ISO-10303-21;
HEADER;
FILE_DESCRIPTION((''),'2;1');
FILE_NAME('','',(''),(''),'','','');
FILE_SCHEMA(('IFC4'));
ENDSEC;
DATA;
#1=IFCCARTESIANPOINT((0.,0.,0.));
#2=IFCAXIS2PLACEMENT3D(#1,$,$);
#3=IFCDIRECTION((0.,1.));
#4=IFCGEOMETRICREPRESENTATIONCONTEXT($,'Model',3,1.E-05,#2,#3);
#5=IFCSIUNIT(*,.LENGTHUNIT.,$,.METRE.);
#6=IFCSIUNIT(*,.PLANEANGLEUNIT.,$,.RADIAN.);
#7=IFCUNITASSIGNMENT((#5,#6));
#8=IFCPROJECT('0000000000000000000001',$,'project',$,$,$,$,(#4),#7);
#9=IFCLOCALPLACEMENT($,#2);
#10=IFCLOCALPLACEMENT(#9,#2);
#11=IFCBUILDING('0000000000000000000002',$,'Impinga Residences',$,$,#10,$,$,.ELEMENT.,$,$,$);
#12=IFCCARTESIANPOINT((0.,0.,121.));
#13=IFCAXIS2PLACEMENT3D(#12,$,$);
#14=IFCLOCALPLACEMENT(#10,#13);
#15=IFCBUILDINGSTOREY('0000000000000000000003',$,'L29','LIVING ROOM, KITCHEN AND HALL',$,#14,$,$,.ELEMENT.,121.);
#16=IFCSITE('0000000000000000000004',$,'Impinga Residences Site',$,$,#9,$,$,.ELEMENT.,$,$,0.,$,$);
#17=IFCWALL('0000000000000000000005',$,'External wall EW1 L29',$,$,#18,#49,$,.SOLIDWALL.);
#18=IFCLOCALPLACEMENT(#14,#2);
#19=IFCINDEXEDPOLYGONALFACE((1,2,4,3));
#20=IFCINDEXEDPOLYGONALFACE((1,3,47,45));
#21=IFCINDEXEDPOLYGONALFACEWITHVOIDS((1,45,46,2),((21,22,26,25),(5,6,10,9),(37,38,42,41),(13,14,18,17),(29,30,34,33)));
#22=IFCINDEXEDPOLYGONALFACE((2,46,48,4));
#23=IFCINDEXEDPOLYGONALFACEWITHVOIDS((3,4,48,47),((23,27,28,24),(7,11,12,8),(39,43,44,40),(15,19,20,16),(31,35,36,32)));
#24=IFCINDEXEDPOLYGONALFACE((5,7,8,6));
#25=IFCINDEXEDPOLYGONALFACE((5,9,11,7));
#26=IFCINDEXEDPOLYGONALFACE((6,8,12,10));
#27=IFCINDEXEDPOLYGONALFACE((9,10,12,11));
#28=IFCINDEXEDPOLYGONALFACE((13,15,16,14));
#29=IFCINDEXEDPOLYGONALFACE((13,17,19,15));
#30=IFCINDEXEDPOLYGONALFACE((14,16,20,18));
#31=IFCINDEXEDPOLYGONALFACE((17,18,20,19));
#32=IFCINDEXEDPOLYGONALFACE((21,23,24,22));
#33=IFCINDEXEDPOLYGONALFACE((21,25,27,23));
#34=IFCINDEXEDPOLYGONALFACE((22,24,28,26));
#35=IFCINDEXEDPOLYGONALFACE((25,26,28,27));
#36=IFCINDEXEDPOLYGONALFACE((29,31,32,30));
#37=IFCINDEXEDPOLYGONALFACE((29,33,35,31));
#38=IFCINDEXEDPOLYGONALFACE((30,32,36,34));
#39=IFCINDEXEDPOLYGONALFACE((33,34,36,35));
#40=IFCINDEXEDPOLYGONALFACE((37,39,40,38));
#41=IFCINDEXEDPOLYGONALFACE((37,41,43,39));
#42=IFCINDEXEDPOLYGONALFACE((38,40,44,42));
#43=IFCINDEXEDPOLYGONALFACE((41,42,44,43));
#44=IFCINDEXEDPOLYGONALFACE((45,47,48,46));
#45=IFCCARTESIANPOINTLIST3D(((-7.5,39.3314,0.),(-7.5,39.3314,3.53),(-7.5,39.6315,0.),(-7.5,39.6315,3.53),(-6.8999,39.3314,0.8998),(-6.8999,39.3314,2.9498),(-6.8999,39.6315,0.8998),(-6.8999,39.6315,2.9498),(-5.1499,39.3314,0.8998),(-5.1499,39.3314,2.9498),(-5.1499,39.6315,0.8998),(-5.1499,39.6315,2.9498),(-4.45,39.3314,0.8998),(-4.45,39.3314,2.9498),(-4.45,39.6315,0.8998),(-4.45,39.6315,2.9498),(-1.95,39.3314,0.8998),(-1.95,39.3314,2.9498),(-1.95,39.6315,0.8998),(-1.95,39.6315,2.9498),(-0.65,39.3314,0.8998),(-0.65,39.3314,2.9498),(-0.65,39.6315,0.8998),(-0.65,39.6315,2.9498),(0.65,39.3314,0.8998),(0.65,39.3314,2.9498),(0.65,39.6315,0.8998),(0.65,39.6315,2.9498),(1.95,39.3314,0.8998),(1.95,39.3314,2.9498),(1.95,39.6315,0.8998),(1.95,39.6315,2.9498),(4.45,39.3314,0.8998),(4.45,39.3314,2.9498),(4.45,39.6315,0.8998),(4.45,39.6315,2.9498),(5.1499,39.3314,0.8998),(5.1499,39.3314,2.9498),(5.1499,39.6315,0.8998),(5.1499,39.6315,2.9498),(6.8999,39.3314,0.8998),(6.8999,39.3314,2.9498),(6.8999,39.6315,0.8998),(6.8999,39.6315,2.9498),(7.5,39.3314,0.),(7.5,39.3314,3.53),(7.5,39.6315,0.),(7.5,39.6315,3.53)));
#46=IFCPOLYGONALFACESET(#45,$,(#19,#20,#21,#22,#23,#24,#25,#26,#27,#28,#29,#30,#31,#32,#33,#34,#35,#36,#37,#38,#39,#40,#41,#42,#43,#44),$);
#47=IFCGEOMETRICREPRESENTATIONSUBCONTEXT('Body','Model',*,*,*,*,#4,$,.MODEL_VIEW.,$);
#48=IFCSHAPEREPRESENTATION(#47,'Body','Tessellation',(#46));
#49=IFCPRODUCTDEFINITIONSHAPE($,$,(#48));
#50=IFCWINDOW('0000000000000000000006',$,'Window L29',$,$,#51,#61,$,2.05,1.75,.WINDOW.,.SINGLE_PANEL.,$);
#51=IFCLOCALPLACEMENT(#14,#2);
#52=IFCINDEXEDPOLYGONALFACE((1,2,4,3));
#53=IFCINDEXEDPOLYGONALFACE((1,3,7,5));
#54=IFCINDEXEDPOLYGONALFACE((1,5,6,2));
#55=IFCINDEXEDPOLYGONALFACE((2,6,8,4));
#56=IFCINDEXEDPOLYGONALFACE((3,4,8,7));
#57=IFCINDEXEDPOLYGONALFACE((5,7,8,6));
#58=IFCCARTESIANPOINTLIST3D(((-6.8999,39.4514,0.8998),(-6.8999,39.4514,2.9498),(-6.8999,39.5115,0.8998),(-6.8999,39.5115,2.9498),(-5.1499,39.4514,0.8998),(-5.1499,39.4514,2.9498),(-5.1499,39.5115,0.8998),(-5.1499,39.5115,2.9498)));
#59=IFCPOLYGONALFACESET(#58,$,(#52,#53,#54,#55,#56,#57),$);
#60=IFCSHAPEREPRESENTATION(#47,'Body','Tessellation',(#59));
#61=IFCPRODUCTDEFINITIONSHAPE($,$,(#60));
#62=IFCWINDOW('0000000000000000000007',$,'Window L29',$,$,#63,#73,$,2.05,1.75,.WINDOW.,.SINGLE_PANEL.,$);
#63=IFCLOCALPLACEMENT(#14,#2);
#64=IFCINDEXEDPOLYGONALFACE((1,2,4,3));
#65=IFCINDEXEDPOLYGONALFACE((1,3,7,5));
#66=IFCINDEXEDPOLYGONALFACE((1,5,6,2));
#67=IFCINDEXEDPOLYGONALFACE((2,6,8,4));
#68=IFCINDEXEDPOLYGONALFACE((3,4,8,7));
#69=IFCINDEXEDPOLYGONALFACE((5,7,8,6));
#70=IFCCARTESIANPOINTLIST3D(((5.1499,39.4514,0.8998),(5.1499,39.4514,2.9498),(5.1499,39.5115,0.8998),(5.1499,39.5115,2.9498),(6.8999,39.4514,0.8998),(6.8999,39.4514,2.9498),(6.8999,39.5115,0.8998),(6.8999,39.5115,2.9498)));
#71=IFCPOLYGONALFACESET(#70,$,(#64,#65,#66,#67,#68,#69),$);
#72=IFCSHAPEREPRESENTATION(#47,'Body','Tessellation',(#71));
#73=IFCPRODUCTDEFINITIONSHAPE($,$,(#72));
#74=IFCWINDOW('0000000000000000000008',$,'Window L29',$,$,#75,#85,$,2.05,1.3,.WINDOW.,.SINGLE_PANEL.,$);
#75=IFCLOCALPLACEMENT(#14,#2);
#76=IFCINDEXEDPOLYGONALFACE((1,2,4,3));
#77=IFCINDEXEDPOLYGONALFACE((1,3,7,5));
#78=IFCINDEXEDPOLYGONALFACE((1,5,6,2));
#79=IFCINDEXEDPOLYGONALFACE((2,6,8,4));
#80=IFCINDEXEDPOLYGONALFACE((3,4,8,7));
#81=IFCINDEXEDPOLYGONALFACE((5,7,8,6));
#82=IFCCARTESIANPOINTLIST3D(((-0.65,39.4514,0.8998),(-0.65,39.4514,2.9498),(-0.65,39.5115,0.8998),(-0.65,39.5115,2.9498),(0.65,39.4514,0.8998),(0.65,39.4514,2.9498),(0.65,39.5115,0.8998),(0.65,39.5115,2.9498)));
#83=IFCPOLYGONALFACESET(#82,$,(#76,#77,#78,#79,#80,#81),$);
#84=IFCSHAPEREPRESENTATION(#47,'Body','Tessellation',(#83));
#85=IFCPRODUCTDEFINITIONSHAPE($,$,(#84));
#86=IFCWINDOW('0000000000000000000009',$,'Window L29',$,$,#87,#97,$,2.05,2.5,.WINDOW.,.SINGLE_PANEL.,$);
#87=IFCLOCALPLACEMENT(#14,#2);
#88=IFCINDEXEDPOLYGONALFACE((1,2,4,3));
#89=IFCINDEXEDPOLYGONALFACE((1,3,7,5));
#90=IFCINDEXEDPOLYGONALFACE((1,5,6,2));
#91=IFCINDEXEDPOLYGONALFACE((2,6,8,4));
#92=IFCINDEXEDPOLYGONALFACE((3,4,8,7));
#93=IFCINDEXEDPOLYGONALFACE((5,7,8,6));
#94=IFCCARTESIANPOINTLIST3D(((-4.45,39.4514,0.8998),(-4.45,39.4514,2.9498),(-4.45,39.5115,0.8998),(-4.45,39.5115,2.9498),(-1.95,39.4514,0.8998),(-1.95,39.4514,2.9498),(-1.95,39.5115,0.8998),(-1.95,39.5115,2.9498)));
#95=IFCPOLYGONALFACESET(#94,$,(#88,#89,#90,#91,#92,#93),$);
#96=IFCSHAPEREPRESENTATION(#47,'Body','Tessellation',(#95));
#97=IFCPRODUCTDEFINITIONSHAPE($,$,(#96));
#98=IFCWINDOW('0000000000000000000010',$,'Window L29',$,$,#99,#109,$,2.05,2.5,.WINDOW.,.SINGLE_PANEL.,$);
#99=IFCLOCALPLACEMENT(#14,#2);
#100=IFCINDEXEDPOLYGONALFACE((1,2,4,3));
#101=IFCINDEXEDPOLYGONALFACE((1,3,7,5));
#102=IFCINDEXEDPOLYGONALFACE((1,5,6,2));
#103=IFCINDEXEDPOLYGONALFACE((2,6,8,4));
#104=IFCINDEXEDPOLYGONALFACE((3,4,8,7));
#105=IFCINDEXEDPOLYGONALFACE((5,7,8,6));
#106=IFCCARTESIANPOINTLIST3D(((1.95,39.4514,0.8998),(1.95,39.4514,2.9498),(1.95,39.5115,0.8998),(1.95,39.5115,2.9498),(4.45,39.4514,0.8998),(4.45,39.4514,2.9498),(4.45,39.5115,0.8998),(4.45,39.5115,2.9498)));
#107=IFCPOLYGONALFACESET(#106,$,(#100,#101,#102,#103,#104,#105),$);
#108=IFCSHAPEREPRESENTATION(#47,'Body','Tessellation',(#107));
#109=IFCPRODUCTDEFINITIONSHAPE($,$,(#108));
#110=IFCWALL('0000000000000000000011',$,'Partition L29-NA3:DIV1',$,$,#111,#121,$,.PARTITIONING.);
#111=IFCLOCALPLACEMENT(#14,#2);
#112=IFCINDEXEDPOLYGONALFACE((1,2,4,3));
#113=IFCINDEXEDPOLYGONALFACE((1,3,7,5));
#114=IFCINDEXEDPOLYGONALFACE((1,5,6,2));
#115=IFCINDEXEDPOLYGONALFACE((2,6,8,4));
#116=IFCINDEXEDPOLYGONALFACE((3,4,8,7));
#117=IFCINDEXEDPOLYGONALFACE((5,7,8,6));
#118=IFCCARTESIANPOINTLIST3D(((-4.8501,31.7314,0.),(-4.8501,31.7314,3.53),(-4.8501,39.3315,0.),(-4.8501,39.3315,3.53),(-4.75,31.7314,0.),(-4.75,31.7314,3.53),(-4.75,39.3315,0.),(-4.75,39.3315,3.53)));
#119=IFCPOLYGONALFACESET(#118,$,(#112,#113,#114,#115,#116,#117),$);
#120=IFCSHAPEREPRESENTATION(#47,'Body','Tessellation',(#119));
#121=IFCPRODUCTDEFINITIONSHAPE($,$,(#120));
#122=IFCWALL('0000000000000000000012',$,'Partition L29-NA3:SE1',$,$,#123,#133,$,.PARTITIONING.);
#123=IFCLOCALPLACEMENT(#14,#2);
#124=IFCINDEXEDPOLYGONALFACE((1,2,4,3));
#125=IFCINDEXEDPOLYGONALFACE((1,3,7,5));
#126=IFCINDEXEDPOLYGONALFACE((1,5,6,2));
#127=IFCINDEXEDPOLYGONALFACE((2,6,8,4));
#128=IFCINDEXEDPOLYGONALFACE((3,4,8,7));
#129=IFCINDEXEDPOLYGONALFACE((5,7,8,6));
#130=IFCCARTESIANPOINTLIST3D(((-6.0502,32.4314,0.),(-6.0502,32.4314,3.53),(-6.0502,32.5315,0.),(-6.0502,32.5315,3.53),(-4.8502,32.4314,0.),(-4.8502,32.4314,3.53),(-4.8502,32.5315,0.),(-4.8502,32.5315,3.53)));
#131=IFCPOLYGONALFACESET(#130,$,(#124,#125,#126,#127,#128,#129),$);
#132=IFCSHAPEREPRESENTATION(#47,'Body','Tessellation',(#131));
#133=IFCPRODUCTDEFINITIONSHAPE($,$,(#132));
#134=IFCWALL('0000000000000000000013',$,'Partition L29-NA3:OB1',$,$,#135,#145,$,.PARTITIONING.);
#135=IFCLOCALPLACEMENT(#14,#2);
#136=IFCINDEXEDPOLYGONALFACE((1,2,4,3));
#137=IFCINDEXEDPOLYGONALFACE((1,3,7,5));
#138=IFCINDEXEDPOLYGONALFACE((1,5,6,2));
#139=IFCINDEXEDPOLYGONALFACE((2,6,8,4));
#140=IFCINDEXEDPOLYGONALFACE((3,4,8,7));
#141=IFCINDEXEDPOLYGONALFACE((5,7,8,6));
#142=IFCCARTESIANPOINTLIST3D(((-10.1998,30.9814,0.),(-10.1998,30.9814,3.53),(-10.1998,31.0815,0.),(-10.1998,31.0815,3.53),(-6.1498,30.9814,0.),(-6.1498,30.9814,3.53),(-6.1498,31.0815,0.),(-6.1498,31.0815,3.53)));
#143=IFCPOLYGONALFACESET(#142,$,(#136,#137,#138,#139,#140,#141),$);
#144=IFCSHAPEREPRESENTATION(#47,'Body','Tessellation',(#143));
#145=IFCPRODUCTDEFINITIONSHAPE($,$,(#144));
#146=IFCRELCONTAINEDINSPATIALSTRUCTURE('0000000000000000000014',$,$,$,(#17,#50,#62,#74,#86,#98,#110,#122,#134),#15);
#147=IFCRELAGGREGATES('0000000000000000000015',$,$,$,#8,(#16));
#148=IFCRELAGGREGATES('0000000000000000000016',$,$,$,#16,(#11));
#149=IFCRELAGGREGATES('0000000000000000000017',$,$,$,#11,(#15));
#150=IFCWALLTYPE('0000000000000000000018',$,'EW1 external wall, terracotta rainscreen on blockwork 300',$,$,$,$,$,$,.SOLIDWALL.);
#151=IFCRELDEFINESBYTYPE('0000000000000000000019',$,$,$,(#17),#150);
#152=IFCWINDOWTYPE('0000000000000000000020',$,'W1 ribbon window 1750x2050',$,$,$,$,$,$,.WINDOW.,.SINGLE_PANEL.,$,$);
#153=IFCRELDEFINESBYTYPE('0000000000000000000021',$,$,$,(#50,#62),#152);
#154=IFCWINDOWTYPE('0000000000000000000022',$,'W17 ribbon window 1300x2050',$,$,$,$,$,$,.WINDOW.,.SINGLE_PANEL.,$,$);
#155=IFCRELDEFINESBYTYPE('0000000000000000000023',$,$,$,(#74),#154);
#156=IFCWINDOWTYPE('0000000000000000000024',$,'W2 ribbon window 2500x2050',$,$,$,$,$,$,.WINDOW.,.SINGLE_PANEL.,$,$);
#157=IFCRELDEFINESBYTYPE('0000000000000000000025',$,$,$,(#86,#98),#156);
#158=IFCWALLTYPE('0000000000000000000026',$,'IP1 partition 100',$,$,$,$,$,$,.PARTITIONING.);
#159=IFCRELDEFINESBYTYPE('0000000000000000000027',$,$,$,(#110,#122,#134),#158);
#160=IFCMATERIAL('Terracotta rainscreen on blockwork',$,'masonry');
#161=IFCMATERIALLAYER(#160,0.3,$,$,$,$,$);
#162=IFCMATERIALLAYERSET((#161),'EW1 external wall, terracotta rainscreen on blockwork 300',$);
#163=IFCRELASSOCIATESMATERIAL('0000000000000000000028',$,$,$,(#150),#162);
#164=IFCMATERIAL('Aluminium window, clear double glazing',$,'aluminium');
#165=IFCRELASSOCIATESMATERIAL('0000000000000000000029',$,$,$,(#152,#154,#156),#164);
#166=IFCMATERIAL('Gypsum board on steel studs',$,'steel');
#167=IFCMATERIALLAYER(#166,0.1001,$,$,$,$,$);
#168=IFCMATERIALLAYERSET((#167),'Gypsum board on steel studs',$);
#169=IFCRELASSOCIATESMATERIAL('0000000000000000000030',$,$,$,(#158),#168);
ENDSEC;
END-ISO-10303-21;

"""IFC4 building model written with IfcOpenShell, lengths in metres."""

from ifc_helpers import new_model, si_unit, direction, frame, frame_2d, origin, place, context, subcontext, project, spatial, rectangle, extrude, material, layer, layer_set, type_object, element, fill, save


model = new_model("IFC4")

# Units and contexts
model_context = context("Model", 3, precision=1e-05, world=origin(), true_north=direction((0.0, 1.0)))
body_context = subcontext(model_context, "Body", "Model", "MODEL_VIEW")
ifc_project = project(units=[si_unit("LENGTHUNIT", "METRE"), si_unit("PLANEANGLEUNIT", "RADIAN")], contexts=[model_context])

# Site, building, storey
site_placement = place(None, origin())
site = spatial("IfcSite", under=ifc_project, at=site_placement, Name="Impinga Residences Site", CompositionType="ELEMENT", RefElevation=0.0)
building_placement = place(site_placement, origin())
building = spatial("IfcBuilding", under=site, at=building_placement, Name="Impinga Residences", CompositionType="ELEMENT")
storey_placement = place(building_placement, frame((0.0, 0.0, 121.0)))
storey = spatial("IfcBuildingStorey", under=building, at=storey_placement, Name="L29", Description="LIVING ROOM, KITCHEN AND HALL", CompositionType="ELEMENT", Elevation=121.0)

# Shared definitions
ifc_material_1 = material(Name="Terracotta rainscreen on blockwork", Category="masonry")
ifc_layer_1 = layer(ifc_material_1, 0.3)
ifc_layer_set_1 = layer_set([ifc_layer_1], Name="EW1 external wall, terracotta rainscreen on blockwork 300")
wall_type_1 = type_object("IfcWallType", Name="EW1 external wall, terracotta rainscreen on blockwork 300", PredefinedType="SOLIDWALL", material=ifc_layer_set_1)

# Wall, openings, windows
wall_1_placement = place(storey_placement, frame((-7.5, 39.4814, 0.0), z_axis=(0.0, 0.0, 1.0), x_axis=(1.0, 0.0, 0.0)))
wall_1 = element("IfcWall", 1, at=wall_1_placement, inside=storey, type_object=wall_type_1, Name="External wall EW1 L29", PredefinedType="SOLIDWALL", context=body_context, shape_type="SweptSolid", body=[
    extrude(rectangle(XDim=15.0, YDim=0.3, at=frame_2d((7.5, 0.0))), origin(), (0.0, 0.0, 1.0), 3.53),
])
opening_1_placement = place(wall_1_placement, frame((0.6001, 0.0, 0.8999)))
opening_1 = element("IfcOpeningElement", 2, at=opening_1_placement, cuts=wall_1, PredefinedType="OPENING", context=body_context, shape_type="SweptSolid", body=[
    extrude(rectangle(XDim=1.75, YDim=2.05, at=frame_2d((0.875, 1.0249))), frame((0.0, 0.1599, 0.0), z_axis=(0.0, -1.0, 0.0), x_axis=(1.0, 0.0, 0.0)), (0.0, 0.0, 1.0), 0.3201),
])
opening_2_placement = place(wall_1_placement, frame((3.05, 0.0, 0.8999)))
opening_2 = element("IfcOpeningElement", 3, at=opening_2_placement, cuts=wall_1, PredefinedType="OPENING", context=body_context, shape_type="SweptSolid", body=[
    extrude(rectangle(XDim=2.5, YDim=2.05, at=frame_2d((1.25, 1.0249))), frame((0.0, 0.1599, 0.0), z_axis=(0.0, -1.0, 0.0), x_axis=(1.0, 0.0, 0.0)), (0.0, 0.0, 1.0), 0.3201),
])
opening_3_placement = place(wall_1_placement, frame((6.8501, 0.0, 0.8999)))
opening_3 = element("IfcOpeningElement", 4, at=opening_3_placement, cuts=wall_1, PredefinedType="OPENING", context=body_context, shape_type="SweptSolid", body=[
    extrude(rectangle(XDim=1.3, YDim=2.05, at=frame_2d((0.6499, 1.0249))), frame((0.0, 0.1599, 0.0), z_axis=(0.0, -1.0, 0.0), x_axis=(1.0, 0.0, 0.0)), (0.0, 0.0, 1.0), 0.3201),
])
opening_4_placement = place(wall_1_placement, frame((9.45, 0.0, 0.8999)))
opening_4 = element("IfcOpeningElement", 5, at=opening_4_placement, cuts=wall_1, PredefinedType="OPENING", context=body_context, shape_type="SweptSolid", body=[
    extrude(rectangle(XDim=2.5, YDim=2.05, at=frame_2d((1.25, 1.0249))), frame((0.0, 0.1599, 0.0), z_axis=(0.0, -1.0, 0.0), x_axis=(1.0, 0.0, 0.0)), (0.0, 0.0, 1.0), 0.3201),
])
opening_5_placement = place(wall_1_placement, frame((12.6499, 0.0, 0.8999)))
opening_5 = element("IfcOpeningElement", 6, at=opening_5_placement, cuts=wall_1, PredefinedType="OPENING", context=body_context, shape_type="SweptSolid", body=[
    extrude(rectangle(XDim=1.75, YDim=2.05, at=frame_2d((0.875, 1.0249))), frame((0.0, 0.1599, 0.0), z_axis=(0.0, -1.0, 0.0), x_axis=(1.0, 0.0, 0.0)), (0.0, 0.0, 1.0), 0.3201),
])
ifc_material_2 = material(Name="Aluminium window, clear double glazing", Category="aluminium")
window_type_1 = type_object("IfcWindowType", Name="W1 ribbon window 1750x2050", PartitioningType="SINGLE_PANEL", PredefinedType="WINDOW", material=ifc_material_2)
window_1_placement = place(opening_1_placement, origin())
window_1 = element("IfcWindow", 7, at=window_1_placement, inside=storey, type_object=window_type_1, Name="Window L29", OverallHeight=2.05, OverallWidth=1.75, PartitioningType="SINGLE_PANEL", PredefinedType="WINDOW", context=body_context, shape_type="SweptSolid", body=[
    extrude(rectangle(XDim=1.75, YDim=2.05, at=frame_2d((0.875, 1.0249))), frame((0.0, 0.03, 0.0), z_axis=(0.0, -1.0, 0.0), x_axis=(1.0, 0.0, 0.0)), (0.0, 0.0, 1.0), 0.0601),
])
fill(opening_1, window_1)
window_2_placement = place(opening_5_placement, origin())
window_2 = element("IfcWindow", 8, at=window_2_placement, inside=storey, type_object=window_type_1, Name="Window L29", OverallHeight=2.05, OverallWidth=1.75, PartitioningType="SINGLE_PANEL", PredefinedType="WINDOW", context=body_context, shape_type="SweptSolid", body=[
    extrude(rectangle(XDim=1.75, YDim=2.05, at=frame_2d((0.875, 1.0249))), frame((0.0, 0.03, 0.0), z_axis=(0.0, -1.0, 0.0), x_axis=(1.0, 0.0, 0.0)), (0.0, 0.0, 1.0), 0.0601),
])
fill(opening_5, window_2)
window_type_2 = type_object("IfcWindowType", Name="W17 ribbon window 1300x2050", PartitioningType="SINGLE_PANEL", PredefinedType="WINDOW", material=ifc_material_2)
window_3_placement = place(opening_3_placement, origin())
window_3 = element("IfcWindow", 9, at=window_3_placement, inside=storey, type_object=window_type_2, Name="Window L29", OverallHeight=2.05, OverallWidth=1.3, PartitioningType="SINGLE_PANEL", PredefinedType="WINDOW", context=body_context, shape_type="SweptSolid", body=[
    extrude(rectangle(XDim=1.3, YDim=2.05, at=frame_2d((0.6499, 1.0249))), frame((0.0, 0.03, 0.0), z_axis=(0.0, -1.0, 0.0), x_axis=(1.0, 0.0, 0.0)), (0.0, 0.0, 1.0), 0.0601),
])
fill(opening_3, window_3)
window_type_3 = type_object("IfcWindowType", Name="W2 ribbon window 2500x2050", PartitioningType="SINGLE_PANEL", PredefinedType="WINDOW", material=ifc_material_2)
window_4_placement = place(opening_2_placement, origin())
window_4 = element("IfcWindow", 10, at=window_4_placement, inside=storey, type_object=window_type_3, Name="Window L29", OverallHeight=2.05, OverallWidth=2.5, PartitioningType="SINGLE_PANEL", PredefinedType="WINDOW", context=body_context, shape_type="SweptSolid", body=[
    extrude(rectangle(XDim=2.5, YDim=2.05, at=frame_2d((1.25, 1.0249))), frame((0.0, 0.03, 0.0), z_axis=(0.0, -1.0, 0.0), x_axis=(1.0, 0.0, 0.0)), (0.0, 0.0, 1.0), 0.0601),
])
fill(opening_2, window_4)
window_5_placement = place(opening_4_placement, origin())
window_5 = element("IfcWindow", 11, at=window_5_placement, inside=storey, type_object=window_type_3, Name="Window L29", OverallHeight=2.05, OverallWidth=2.5, PartitioningType="SINGLE_PANEL", PredefinedType="WINDOW", context=body_context, shape_type="SweptSolid", body=[
    extrude(rectangle(XDim=2.5, YDim=2.05, at=frame_2d((1.25, 1.0249))), frame((0.0, 0.03, 0.0), z_axis=(0.0, -1.0, 0.0), x_axis=(1.0, 0.0, 0.0)), (0.0, 0.0, 1.0), 0.0601),
])
fill(opening_4, window_5)

# Walls
ifc_material_3 = material(Name="Gypsum board on steel studs", Category="steel")
ifc_layer_2 = layer(ifc_material_3, 0.1001)
ifc_layer_set_2 = layer_set([ifc_layer_2], Name="Gypsum board on steel studs")
wall_type_2 = type_object("IfcWallType", Name="IP1 partition 100", PredefinedType="PARTITIONING", material=ifc_layer_set_2)
wall_2_placement = place(storey_placement, frame((-4.8, 31.7314, 0.0), z_axis=(0.0, 0.0, 1.0), x_axis=(0.0, 1.0, 0.0)))
element("IfcWall", 12, at=wall_2_placement, inside=storey, type_object=wall_type_2, Name="Partition L29-NA3:DIV1", PredefinedType="PARTITIONING", context=body_context, shape_type="SweptSolid", body=[
    extrude(rectangle(XDim=7.6001, YDim=0.1001, at=frame_2d((3.8, 0.0))), origin(), (0.0, 0.0, 1.0), 3.53),
])
wall_3_placement = place(storey_placement, frame((-4.8501, 32.4814, 0.0), z_axis=(0.0, 0.0, 1.0), x_axis=(-1.0, 0.0, 0.0)))
element("IfcWall", 13, at=wall_3_placement, inside=storey, type_object=wall_type_2, Name="Partition L29-NA3:SE1", PredefinedType="PARTITIONING", context=body_context, shape_type="SweptSolid", body=[
    extrude(rectangle(XDim=1.2, YDim=0.1001, at=frame_2d((0.6001, 0.0))), origin(), (0.0, 0.0, 1.0), 3.53),
])
wall_4_placement = place(storey_placement, frame((-6.1499, 31.0315, 0.0), z_axis=(0.0, 0.0, 1.0), x_axis=(-1.0, 0.0, 0.0)))
element("IfcWall", 14, at=wall_4_placement, inside=storey, type_object=wall_type_2, Name="Partition L29-NA3:OB1", PredefinedType="PARTITIONING", context=body_context, shape_type="SweptSolid", body=[
    extrude(rectangle(XDim=4.05, YDim=0.1001, at=frame_2d((2.0249, 0.0))), origin(), (0.0, 0.0, 1.0), 3.53),
])

save(model, "model.ifc")
